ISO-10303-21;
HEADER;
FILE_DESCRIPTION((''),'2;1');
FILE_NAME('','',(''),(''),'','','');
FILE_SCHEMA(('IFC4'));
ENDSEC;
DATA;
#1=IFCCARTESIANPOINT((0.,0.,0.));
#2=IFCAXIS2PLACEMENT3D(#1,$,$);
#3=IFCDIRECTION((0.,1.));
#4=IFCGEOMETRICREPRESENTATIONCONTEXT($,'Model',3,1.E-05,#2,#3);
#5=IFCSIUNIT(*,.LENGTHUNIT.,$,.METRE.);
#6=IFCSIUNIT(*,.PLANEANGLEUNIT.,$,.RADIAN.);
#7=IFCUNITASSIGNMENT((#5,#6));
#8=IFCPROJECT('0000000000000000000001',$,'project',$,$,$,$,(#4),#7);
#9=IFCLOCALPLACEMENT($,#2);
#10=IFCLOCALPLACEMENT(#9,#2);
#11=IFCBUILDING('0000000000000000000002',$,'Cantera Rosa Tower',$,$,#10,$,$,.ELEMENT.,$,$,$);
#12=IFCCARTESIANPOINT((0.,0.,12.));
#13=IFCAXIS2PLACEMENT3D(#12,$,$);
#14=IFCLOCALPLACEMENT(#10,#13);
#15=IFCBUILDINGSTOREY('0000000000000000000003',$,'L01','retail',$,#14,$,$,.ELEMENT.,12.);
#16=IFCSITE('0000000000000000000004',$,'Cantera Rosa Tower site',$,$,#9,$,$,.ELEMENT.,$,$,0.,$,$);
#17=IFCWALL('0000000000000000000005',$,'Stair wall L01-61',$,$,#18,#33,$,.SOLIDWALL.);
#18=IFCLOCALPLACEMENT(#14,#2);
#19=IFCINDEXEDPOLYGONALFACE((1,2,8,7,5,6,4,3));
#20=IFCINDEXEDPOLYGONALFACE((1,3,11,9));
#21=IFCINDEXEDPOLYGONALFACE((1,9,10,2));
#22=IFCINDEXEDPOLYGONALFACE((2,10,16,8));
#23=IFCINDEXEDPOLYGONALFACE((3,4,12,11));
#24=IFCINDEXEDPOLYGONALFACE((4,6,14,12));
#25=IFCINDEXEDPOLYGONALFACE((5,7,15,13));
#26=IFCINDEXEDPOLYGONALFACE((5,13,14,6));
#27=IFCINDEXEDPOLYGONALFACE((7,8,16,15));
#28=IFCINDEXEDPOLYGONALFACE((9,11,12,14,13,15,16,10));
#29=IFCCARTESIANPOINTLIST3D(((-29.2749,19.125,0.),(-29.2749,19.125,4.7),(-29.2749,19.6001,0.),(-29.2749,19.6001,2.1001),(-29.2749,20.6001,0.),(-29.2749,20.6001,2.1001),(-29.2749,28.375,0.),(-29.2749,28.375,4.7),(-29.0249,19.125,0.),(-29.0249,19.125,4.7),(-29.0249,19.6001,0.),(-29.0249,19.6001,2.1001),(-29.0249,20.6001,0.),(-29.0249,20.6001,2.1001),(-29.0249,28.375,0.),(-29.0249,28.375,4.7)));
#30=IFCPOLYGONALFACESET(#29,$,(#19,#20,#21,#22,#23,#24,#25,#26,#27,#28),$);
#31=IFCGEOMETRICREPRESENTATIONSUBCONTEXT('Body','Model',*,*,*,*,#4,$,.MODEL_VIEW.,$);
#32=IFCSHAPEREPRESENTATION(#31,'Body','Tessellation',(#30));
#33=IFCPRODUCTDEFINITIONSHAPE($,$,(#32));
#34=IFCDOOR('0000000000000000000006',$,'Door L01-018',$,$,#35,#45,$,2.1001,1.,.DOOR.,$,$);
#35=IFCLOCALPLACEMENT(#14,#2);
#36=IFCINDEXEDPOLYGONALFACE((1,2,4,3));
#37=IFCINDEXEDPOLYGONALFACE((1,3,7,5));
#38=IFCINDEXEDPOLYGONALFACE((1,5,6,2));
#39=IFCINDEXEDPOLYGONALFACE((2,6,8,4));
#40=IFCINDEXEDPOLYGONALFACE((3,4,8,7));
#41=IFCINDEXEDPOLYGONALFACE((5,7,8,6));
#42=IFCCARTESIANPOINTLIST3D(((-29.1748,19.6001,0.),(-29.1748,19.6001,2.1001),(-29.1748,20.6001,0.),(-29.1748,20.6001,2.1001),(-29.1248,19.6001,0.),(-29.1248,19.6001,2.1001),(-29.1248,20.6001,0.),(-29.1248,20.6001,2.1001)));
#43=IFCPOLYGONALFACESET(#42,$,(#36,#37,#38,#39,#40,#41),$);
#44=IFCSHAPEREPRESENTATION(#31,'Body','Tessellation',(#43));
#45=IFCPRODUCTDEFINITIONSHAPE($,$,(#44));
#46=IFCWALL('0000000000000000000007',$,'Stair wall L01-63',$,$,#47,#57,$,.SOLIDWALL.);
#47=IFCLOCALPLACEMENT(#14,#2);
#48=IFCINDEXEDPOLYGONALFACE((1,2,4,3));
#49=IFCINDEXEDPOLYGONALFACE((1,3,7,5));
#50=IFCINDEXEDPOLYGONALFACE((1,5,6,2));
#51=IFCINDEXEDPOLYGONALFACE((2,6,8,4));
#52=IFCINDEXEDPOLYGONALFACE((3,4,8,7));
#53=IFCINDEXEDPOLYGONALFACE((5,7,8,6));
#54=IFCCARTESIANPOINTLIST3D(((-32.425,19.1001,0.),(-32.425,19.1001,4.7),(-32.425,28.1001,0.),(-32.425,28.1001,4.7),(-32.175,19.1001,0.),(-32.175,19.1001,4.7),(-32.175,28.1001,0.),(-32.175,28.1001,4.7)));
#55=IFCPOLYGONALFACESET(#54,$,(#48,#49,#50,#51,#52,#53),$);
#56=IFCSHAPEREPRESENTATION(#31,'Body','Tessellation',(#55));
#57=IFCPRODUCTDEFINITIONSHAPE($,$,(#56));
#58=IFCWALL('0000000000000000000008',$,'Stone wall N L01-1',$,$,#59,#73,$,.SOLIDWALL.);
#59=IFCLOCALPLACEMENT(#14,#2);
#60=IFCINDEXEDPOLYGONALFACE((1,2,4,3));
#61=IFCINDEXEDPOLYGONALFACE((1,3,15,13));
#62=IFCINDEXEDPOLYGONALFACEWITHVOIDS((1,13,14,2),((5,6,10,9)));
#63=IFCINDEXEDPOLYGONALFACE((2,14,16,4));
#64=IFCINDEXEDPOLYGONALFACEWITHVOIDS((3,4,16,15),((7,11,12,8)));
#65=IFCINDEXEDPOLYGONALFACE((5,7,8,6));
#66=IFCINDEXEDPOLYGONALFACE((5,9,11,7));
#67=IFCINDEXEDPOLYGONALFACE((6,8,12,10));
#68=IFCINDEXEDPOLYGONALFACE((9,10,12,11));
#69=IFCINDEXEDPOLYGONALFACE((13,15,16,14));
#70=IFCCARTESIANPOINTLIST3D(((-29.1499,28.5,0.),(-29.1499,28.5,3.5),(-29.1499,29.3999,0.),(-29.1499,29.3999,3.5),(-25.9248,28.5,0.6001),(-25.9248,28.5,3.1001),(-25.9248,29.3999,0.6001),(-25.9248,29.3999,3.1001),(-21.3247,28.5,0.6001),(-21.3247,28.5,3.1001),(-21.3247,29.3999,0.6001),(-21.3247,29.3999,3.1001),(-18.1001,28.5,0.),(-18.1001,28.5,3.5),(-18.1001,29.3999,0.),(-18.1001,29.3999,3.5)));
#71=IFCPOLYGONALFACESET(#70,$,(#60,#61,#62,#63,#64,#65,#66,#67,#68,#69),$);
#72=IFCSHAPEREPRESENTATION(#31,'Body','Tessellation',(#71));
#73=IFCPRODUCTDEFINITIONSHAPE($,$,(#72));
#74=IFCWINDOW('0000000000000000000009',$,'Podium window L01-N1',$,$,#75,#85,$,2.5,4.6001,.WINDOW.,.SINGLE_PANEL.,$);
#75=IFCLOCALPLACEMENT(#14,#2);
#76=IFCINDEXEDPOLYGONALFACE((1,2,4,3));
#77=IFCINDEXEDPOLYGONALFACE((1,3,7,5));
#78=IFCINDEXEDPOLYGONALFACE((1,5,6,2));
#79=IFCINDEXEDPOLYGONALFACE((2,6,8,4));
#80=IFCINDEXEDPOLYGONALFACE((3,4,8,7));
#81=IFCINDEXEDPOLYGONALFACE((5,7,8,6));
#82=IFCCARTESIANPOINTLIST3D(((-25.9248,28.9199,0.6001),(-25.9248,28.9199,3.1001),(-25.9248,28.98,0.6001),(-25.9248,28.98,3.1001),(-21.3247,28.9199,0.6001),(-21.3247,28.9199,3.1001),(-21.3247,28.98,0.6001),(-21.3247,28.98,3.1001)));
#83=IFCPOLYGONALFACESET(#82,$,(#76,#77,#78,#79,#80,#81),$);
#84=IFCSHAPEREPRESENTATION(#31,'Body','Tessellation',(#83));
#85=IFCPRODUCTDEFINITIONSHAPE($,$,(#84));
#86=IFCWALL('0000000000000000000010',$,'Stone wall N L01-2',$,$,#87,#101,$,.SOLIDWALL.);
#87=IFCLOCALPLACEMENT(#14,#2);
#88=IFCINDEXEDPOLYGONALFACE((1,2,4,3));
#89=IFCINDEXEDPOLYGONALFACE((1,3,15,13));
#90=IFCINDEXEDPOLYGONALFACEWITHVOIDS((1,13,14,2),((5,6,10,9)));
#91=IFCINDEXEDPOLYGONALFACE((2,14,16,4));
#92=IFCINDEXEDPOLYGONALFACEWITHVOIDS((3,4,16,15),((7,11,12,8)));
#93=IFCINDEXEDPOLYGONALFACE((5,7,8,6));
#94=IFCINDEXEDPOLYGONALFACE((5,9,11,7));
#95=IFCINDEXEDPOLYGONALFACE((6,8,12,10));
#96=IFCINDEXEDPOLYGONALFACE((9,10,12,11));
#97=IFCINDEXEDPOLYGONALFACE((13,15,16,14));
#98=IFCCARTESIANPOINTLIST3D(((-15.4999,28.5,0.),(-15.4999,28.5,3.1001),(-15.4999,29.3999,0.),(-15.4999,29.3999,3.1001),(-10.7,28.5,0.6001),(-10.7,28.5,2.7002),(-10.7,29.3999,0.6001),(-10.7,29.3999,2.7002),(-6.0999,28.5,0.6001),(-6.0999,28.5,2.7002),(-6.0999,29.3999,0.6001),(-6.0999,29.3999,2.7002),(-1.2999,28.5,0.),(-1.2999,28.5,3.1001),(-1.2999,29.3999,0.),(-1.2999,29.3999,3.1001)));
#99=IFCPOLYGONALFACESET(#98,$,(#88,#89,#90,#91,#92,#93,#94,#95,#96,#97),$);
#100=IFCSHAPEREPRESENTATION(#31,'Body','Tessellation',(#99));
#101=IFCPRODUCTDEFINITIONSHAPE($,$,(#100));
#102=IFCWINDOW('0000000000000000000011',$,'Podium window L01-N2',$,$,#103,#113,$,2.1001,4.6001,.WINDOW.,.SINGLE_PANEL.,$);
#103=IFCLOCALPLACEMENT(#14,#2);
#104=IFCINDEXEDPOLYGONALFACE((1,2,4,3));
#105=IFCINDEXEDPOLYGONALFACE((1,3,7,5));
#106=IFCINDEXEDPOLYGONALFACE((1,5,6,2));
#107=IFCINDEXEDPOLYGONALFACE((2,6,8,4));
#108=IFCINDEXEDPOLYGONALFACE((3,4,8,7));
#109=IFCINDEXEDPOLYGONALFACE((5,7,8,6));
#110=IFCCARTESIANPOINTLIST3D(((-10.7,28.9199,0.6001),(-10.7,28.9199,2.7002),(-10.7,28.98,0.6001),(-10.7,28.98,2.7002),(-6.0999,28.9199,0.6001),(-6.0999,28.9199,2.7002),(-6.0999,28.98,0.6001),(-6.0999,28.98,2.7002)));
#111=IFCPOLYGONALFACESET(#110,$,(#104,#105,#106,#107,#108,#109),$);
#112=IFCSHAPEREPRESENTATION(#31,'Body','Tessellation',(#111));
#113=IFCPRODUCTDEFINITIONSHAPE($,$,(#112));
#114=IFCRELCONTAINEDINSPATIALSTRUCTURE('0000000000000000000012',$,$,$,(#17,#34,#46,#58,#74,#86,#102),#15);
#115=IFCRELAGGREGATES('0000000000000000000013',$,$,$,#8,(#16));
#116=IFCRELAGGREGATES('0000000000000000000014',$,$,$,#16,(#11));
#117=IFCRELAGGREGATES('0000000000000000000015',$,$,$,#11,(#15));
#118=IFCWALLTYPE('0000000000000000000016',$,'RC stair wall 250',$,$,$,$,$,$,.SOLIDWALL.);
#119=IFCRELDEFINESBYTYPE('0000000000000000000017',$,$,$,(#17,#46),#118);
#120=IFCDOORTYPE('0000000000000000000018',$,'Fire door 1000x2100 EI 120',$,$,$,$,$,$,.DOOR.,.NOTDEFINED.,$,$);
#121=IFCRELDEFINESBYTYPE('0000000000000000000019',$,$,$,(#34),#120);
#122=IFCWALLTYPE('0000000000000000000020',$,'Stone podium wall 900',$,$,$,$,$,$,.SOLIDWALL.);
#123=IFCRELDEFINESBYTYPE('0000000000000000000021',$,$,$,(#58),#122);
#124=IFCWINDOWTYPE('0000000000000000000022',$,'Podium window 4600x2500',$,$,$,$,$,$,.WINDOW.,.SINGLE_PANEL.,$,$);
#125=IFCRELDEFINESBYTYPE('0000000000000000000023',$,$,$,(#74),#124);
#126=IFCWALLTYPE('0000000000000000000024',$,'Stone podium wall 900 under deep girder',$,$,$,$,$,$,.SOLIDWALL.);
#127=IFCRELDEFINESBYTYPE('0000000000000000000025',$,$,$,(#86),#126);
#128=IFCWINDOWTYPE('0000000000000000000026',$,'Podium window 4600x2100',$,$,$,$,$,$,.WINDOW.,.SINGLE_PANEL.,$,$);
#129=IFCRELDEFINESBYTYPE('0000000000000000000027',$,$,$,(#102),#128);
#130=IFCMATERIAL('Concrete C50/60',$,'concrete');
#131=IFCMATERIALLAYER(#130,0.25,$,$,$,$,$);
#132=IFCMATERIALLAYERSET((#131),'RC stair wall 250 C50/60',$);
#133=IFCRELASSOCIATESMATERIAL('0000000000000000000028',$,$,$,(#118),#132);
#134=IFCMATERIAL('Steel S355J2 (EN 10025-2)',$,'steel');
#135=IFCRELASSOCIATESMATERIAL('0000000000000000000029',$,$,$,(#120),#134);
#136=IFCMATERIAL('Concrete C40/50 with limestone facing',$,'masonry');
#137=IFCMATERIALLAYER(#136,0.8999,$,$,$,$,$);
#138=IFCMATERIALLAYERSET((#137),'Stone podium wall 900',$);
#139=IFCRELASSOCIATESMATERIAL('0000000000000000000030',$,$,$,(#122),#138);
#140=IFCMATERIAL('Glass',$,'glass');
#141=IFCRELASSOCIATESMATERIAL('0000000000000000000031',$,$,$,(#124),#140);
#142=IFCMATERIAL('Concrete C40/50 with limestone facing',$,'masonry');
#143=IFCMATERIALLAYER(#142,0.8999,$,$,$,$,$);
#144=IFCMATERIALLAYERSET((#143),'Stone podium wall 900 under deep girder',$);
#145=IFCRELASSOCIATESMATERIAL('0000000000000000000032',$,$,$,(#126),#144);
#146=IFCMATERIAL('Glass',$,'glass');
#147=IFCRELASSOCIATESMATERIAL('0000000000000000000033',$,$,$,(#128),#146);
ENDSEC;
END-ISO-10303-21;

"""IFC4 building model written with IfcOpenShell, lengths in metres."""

from ifc_helpers import new_model, si_unit, direction, frame, frame_2d, origin, place, context, subcontext, project, spatial, rectangle, extrude, material, layer, layer_set, type_object, element, fill, save


model = new_model("IFC4")

# Units and contexts
model_context = context("Model", 3, precision=1e-05, world=origin(), true_north=direction((0.0, 1.0)))
body_context = subcontext(model_context, "Body", "Model", "MODEL_VIEW")
ifc_project = project(units=[si_unit("LENGTHUNIT", "METRE"), si_unit("PLANEANGLEUNIT", "RADIAN")], contexts=[model_context])

# Site, building, storey
site_placement = place(None, origin())
site = spatial("IfcSite", under=ifc_project, at=site_placement, Name="Cantera Rosa Tower site", CompositionType="ELEMENT", RefElevation=0.0)
building_placement = place(site_placement, origin())
building = spatial("IfcBuilding", under=site, at=building_placement, Name="Cantera Rosa Tower", CompositionType="ELEMENT")
storey_placement = place(building_placement, frame((0.0, 0.0, 12.0)))
storey = spatial("IfcBuildingStorey", under=building, at=storey_placement, Name="L01", Description="retail", CompositionType="ELEMENT", Elevation=12.0)

# Wall, opening, door
ifc_material_1 = material(Name="Concrete C50/60", Category="concrete")
ifc_layer_1 = layer(ifc_material_1, 0.25)
ifc_layer_set_1 = layer_set([ifc_layer_1], Name="RC stair wall 250 C50/60")
wall_type_1 = type_object("IfcWallType", Name="RC stair wall 250", PredefinedType="SOLIDWALL", material=ifc_layer_set_1)
wall_1_placement = place(storey_placement, frame((-29.1499, 19.125, 0.0), z_axis=(0.0, 0.0, 1.0), x_axis=(0.0, 1.0, 0.0)))
wall_1 = element("IfcWall", 1, at=wall_1_placement, inside=storey, type_object=wall_type_1, Name="Stair wall L01-61", PredefinedType="SOLIDWALL", context=body_context, shape_type="SweptSolid", body=[
    extrude(rectangle(XDim=9.25, YDim=0.25, at=frame_2d((4.625, 0.0))), origin(), (0.0, 0.0, 1.0), 4.7),
])
opening_1_placement = place(wall_1_placement, frame((0.4751, 0.0, 0.0)))
opening_1 = element("IfcOpeningElement", 2, at=opening_1_placement, cuts=wall_1, PredefinedType="OPENING", context=body_context, shape_type="SweptSolid", body=[
    extrude(rectangle(XDim=1.0, YDim=2.1001, at=frame_2d((0.5, 1.05))), frame((0.0, 0.135, 0.0), z_axis=(0.0, -1.0, 0.0), x_axis=(1.0, 0.0, 0.0)), (0.0, 0.0, 1.0), 0.27),
])
ifc_material_2 = material(Name="Steel S355J2 (EN 10025-2)", Category="steel")
door_type_1 = type_object("IfcDoorType", Name="Fire door 1000x2100 EI 120", OperationType="NOTDEFINED", PredefinedType="DOOR", material=ifc_material_2)
door_1_placement = place(opening_1_placement, origin())
door_1 = element("IfcDoor", 3, at=door_1_placement, inside=storey, type_object=door_type_1, Name="Door L01-018", OverallHeight=2.1001, OverallWidth=1.0, PredefinedType="DOOR", context=body_context, shape_type="SweptSolid", body=[
    extrude(rectangle(XDim=1.0, YDim=2.1001, at=frame_2d((0.5, 1.05))), frame((0.0, 0.0249, 0.0), z_axis=(0.0, -1.0, 0.0), x_axis=(1.0, 0.0, 0.0)), (0.0, 0.0, 1.0), 0.05),
])
fill(opening_1, door_1)

# Wall
wall_2_placement = place(storey_placement, frame((-32.3, 19.1001, 0.0), z_axis=(0.0, 0.0, 1.0), x_axis=(0.0, 1.0, 0.0)))
element("IfcWall", 4, at=wall_2_placement, inside=storey, type_object=wall_type_1, Name="Stair wall L01-63", PredefinedType="SOLIDWALL", context=body_context, shape_type="SweptSolid", body=[
    extrude(rectangle(XDim=9.0, YDim=0.25, at=frame_2d((4.5, 0.0))), origin(), (0.0, 0.0, 1.0), 4.7),
])

# Walls, openings, windows
ifc_material_3 = material(Name="Concrete C40/50 with limestone facing", Category="masonry")
ifc_layer_2 = layer(ifc_material_3, 0.8999)
ifc_layer_set_2 = layer_set([ifc_layer_2], Name="Stone podium wall 900")
wall_type_2 = type_object("IfcWallType", Name="Stone podium wall 900", PredefinedType="SOLIDWALL", material=ifc_layer_set_2)
wall_3_placement = place(storey_placement, frame((-29.1499, 28.95, 0.0), z_axis=(0.0, 0.0, 1.0), x_axis=(1.0, 0.0, 0.0)))
wall_3 = element("IfcWall", 5, at=wall_3_placement, inside=storey, type_object=wall_type_2, Name="Stone wall N L01-1", PredefinedType="SOLIDWALL", context=body_context, shape_type="SweptSolid", body=[
    extrude(rectangle(XDim=11.0498, YDim=0.8999, at=frame_2d((5.5249, 0.0))), origin(), (0.0, 0.0, 1.0), 3.5),
])
opening_2_placement = place(wall_3_placement, frame((3.2251, 0.0, 0.6001)))
opening_2 = element("IfcOpeningElement", 6, at=opening_2_placement, cuts=wall_3, PredefinedType="OPENING", context=body_context, shape_type="SweptSolid", body=[
    extrude(rectangle(XDim=4.6001, YDim=2.5, at=frame_2d((2.3, 1.25))), frame((0.0, 0.46, 0.0), z_axis=(0.0, -1.0, 0.0), x_axis=(1.0, 0.0, 0.0)), (0.0, 0.0, 1.0), 0.9199),
])
ifc_material_4 = material(Name="Glass", Category="glass")
window_type_1 = type_object("IfcWindowType", Name="Podium window 4600x2500", PartitioningType="SINGLE_PANEL", PredefinedType="WINDOW", material=ifc_material_4)
window_1_placement = place(opening_2_placement, origin())
window_1 = element("IfcWindow", 7, at=window_1_placement, inside=storey, type_object=window_type_1, Name="Podium window L01-N1", OverallHeight=2.5, OverallWidth=4.6001, PartitioningType="SINGLE_PANEL", PredefinedType="WINDOW", context=body_context, shape_type="SweptSolid", body=[
    extrude(rectangle(XDim=4.6001, YDim=2.5, at=frame_2d((2.3, 1.25))), frame((0.0, 0.03, 0.0), z_axis=(0.0, -1.0, 0.0), x_axis=(1.0, 0.0, 0.0)), (0.0, 0.0, 1.0), 0.0601),
])
fill(opening_2, window_1)
ifc_material_5 = material(Name="Concrete C40/50 with limestone facing", Category="masonry")
ifc_layer_3 = layer(ifc_material_5, 0.8999)
ifc_layer_set_3 = layer_set([ifc_layer_3], Name="Stone podium wall 900 under deep girder")
wall_type_3 = type_object("IfcWallType", Name="Stone podium wall 900 under deep girder", PredefinedType="SOLIDWALL", material=ifc_layer_set_3)
wall_4_placement = place(storey_placement, frame((-15.5, 28.95, 0.0), z_axis=(0.0, 0.0, 1.0), x_axis=(1.0, 0.0, 0.0)))
wall_4 = element("IfcWall", 8, at=wall_4_placement, inside=storey, type_object=wall_type_3, Name="Stone wall N L01-2", PredefinedType="SOLIDWALL", context=body_context, shape_type="SweptSolid", body=[
    extrude(rectangle(XDim=14.2, YDim=0.8999, at=frame_2d((7.1001, 0.0))), origin(), (0.0, 0.0, 1.0), 3.1001),
])
opening_3_placement = place(wall_4_placement, frame((4.8, 0.0, 0.6001)))
opening_3 = element("IfcOpeningElement", 9, at=opening_3_placement, cuts=wall_4, PredefinedType="OPENING", context=body_context, shape_type="SweptSolid", body=[
    extrude(rectangle(XDim=4.6001, YDim=2.1001, at=frame_2d((2.3, 1.05))), frame((0.0, 0.46, 0.0), z_axis=(0.0, -1.0, 0.0), x_axis=(1.0, 0.0, 0.0)), (0.0, 0.0, 1.0), 0.9199),
])
ifc_material_6 = material(Name="Glass", Category="glass")
window_type_2 = type_object("IfcWindowType", Name="Podium window 4600x2100", PartitioningType="SINGLE_PANEL", PredefinedType="WINDOW", material=ifc_material_6)
window_2_placement = place(opening_3_placement, origin())
window_2 = element("IfcWindow", 10, at=window_2_placement, inside=storey, type_object=window_type_2, Name="Podium window L01-N2", OverallHeight=2.1001, OverallWidth=4.6001, PartitioningType="SINGLE_PANEL", PredefinedType="WINDOW", context=body_context, shape_type="SweptSolid", body=[
    extrude(rectangle(XDim=4.6001, YDim=2.1001, at=frame_2d((2.3, 1.05))), frame((0.0, 0.03, 0.0), z_axis=(0.0, -1.0, 0.0), x_axis=(1.0, 0.0, 0.0)), (0.0, 0.0, 1.0), 0.0601),
])
fill(opening_3, window_2)

save(model, "model.ifc")
